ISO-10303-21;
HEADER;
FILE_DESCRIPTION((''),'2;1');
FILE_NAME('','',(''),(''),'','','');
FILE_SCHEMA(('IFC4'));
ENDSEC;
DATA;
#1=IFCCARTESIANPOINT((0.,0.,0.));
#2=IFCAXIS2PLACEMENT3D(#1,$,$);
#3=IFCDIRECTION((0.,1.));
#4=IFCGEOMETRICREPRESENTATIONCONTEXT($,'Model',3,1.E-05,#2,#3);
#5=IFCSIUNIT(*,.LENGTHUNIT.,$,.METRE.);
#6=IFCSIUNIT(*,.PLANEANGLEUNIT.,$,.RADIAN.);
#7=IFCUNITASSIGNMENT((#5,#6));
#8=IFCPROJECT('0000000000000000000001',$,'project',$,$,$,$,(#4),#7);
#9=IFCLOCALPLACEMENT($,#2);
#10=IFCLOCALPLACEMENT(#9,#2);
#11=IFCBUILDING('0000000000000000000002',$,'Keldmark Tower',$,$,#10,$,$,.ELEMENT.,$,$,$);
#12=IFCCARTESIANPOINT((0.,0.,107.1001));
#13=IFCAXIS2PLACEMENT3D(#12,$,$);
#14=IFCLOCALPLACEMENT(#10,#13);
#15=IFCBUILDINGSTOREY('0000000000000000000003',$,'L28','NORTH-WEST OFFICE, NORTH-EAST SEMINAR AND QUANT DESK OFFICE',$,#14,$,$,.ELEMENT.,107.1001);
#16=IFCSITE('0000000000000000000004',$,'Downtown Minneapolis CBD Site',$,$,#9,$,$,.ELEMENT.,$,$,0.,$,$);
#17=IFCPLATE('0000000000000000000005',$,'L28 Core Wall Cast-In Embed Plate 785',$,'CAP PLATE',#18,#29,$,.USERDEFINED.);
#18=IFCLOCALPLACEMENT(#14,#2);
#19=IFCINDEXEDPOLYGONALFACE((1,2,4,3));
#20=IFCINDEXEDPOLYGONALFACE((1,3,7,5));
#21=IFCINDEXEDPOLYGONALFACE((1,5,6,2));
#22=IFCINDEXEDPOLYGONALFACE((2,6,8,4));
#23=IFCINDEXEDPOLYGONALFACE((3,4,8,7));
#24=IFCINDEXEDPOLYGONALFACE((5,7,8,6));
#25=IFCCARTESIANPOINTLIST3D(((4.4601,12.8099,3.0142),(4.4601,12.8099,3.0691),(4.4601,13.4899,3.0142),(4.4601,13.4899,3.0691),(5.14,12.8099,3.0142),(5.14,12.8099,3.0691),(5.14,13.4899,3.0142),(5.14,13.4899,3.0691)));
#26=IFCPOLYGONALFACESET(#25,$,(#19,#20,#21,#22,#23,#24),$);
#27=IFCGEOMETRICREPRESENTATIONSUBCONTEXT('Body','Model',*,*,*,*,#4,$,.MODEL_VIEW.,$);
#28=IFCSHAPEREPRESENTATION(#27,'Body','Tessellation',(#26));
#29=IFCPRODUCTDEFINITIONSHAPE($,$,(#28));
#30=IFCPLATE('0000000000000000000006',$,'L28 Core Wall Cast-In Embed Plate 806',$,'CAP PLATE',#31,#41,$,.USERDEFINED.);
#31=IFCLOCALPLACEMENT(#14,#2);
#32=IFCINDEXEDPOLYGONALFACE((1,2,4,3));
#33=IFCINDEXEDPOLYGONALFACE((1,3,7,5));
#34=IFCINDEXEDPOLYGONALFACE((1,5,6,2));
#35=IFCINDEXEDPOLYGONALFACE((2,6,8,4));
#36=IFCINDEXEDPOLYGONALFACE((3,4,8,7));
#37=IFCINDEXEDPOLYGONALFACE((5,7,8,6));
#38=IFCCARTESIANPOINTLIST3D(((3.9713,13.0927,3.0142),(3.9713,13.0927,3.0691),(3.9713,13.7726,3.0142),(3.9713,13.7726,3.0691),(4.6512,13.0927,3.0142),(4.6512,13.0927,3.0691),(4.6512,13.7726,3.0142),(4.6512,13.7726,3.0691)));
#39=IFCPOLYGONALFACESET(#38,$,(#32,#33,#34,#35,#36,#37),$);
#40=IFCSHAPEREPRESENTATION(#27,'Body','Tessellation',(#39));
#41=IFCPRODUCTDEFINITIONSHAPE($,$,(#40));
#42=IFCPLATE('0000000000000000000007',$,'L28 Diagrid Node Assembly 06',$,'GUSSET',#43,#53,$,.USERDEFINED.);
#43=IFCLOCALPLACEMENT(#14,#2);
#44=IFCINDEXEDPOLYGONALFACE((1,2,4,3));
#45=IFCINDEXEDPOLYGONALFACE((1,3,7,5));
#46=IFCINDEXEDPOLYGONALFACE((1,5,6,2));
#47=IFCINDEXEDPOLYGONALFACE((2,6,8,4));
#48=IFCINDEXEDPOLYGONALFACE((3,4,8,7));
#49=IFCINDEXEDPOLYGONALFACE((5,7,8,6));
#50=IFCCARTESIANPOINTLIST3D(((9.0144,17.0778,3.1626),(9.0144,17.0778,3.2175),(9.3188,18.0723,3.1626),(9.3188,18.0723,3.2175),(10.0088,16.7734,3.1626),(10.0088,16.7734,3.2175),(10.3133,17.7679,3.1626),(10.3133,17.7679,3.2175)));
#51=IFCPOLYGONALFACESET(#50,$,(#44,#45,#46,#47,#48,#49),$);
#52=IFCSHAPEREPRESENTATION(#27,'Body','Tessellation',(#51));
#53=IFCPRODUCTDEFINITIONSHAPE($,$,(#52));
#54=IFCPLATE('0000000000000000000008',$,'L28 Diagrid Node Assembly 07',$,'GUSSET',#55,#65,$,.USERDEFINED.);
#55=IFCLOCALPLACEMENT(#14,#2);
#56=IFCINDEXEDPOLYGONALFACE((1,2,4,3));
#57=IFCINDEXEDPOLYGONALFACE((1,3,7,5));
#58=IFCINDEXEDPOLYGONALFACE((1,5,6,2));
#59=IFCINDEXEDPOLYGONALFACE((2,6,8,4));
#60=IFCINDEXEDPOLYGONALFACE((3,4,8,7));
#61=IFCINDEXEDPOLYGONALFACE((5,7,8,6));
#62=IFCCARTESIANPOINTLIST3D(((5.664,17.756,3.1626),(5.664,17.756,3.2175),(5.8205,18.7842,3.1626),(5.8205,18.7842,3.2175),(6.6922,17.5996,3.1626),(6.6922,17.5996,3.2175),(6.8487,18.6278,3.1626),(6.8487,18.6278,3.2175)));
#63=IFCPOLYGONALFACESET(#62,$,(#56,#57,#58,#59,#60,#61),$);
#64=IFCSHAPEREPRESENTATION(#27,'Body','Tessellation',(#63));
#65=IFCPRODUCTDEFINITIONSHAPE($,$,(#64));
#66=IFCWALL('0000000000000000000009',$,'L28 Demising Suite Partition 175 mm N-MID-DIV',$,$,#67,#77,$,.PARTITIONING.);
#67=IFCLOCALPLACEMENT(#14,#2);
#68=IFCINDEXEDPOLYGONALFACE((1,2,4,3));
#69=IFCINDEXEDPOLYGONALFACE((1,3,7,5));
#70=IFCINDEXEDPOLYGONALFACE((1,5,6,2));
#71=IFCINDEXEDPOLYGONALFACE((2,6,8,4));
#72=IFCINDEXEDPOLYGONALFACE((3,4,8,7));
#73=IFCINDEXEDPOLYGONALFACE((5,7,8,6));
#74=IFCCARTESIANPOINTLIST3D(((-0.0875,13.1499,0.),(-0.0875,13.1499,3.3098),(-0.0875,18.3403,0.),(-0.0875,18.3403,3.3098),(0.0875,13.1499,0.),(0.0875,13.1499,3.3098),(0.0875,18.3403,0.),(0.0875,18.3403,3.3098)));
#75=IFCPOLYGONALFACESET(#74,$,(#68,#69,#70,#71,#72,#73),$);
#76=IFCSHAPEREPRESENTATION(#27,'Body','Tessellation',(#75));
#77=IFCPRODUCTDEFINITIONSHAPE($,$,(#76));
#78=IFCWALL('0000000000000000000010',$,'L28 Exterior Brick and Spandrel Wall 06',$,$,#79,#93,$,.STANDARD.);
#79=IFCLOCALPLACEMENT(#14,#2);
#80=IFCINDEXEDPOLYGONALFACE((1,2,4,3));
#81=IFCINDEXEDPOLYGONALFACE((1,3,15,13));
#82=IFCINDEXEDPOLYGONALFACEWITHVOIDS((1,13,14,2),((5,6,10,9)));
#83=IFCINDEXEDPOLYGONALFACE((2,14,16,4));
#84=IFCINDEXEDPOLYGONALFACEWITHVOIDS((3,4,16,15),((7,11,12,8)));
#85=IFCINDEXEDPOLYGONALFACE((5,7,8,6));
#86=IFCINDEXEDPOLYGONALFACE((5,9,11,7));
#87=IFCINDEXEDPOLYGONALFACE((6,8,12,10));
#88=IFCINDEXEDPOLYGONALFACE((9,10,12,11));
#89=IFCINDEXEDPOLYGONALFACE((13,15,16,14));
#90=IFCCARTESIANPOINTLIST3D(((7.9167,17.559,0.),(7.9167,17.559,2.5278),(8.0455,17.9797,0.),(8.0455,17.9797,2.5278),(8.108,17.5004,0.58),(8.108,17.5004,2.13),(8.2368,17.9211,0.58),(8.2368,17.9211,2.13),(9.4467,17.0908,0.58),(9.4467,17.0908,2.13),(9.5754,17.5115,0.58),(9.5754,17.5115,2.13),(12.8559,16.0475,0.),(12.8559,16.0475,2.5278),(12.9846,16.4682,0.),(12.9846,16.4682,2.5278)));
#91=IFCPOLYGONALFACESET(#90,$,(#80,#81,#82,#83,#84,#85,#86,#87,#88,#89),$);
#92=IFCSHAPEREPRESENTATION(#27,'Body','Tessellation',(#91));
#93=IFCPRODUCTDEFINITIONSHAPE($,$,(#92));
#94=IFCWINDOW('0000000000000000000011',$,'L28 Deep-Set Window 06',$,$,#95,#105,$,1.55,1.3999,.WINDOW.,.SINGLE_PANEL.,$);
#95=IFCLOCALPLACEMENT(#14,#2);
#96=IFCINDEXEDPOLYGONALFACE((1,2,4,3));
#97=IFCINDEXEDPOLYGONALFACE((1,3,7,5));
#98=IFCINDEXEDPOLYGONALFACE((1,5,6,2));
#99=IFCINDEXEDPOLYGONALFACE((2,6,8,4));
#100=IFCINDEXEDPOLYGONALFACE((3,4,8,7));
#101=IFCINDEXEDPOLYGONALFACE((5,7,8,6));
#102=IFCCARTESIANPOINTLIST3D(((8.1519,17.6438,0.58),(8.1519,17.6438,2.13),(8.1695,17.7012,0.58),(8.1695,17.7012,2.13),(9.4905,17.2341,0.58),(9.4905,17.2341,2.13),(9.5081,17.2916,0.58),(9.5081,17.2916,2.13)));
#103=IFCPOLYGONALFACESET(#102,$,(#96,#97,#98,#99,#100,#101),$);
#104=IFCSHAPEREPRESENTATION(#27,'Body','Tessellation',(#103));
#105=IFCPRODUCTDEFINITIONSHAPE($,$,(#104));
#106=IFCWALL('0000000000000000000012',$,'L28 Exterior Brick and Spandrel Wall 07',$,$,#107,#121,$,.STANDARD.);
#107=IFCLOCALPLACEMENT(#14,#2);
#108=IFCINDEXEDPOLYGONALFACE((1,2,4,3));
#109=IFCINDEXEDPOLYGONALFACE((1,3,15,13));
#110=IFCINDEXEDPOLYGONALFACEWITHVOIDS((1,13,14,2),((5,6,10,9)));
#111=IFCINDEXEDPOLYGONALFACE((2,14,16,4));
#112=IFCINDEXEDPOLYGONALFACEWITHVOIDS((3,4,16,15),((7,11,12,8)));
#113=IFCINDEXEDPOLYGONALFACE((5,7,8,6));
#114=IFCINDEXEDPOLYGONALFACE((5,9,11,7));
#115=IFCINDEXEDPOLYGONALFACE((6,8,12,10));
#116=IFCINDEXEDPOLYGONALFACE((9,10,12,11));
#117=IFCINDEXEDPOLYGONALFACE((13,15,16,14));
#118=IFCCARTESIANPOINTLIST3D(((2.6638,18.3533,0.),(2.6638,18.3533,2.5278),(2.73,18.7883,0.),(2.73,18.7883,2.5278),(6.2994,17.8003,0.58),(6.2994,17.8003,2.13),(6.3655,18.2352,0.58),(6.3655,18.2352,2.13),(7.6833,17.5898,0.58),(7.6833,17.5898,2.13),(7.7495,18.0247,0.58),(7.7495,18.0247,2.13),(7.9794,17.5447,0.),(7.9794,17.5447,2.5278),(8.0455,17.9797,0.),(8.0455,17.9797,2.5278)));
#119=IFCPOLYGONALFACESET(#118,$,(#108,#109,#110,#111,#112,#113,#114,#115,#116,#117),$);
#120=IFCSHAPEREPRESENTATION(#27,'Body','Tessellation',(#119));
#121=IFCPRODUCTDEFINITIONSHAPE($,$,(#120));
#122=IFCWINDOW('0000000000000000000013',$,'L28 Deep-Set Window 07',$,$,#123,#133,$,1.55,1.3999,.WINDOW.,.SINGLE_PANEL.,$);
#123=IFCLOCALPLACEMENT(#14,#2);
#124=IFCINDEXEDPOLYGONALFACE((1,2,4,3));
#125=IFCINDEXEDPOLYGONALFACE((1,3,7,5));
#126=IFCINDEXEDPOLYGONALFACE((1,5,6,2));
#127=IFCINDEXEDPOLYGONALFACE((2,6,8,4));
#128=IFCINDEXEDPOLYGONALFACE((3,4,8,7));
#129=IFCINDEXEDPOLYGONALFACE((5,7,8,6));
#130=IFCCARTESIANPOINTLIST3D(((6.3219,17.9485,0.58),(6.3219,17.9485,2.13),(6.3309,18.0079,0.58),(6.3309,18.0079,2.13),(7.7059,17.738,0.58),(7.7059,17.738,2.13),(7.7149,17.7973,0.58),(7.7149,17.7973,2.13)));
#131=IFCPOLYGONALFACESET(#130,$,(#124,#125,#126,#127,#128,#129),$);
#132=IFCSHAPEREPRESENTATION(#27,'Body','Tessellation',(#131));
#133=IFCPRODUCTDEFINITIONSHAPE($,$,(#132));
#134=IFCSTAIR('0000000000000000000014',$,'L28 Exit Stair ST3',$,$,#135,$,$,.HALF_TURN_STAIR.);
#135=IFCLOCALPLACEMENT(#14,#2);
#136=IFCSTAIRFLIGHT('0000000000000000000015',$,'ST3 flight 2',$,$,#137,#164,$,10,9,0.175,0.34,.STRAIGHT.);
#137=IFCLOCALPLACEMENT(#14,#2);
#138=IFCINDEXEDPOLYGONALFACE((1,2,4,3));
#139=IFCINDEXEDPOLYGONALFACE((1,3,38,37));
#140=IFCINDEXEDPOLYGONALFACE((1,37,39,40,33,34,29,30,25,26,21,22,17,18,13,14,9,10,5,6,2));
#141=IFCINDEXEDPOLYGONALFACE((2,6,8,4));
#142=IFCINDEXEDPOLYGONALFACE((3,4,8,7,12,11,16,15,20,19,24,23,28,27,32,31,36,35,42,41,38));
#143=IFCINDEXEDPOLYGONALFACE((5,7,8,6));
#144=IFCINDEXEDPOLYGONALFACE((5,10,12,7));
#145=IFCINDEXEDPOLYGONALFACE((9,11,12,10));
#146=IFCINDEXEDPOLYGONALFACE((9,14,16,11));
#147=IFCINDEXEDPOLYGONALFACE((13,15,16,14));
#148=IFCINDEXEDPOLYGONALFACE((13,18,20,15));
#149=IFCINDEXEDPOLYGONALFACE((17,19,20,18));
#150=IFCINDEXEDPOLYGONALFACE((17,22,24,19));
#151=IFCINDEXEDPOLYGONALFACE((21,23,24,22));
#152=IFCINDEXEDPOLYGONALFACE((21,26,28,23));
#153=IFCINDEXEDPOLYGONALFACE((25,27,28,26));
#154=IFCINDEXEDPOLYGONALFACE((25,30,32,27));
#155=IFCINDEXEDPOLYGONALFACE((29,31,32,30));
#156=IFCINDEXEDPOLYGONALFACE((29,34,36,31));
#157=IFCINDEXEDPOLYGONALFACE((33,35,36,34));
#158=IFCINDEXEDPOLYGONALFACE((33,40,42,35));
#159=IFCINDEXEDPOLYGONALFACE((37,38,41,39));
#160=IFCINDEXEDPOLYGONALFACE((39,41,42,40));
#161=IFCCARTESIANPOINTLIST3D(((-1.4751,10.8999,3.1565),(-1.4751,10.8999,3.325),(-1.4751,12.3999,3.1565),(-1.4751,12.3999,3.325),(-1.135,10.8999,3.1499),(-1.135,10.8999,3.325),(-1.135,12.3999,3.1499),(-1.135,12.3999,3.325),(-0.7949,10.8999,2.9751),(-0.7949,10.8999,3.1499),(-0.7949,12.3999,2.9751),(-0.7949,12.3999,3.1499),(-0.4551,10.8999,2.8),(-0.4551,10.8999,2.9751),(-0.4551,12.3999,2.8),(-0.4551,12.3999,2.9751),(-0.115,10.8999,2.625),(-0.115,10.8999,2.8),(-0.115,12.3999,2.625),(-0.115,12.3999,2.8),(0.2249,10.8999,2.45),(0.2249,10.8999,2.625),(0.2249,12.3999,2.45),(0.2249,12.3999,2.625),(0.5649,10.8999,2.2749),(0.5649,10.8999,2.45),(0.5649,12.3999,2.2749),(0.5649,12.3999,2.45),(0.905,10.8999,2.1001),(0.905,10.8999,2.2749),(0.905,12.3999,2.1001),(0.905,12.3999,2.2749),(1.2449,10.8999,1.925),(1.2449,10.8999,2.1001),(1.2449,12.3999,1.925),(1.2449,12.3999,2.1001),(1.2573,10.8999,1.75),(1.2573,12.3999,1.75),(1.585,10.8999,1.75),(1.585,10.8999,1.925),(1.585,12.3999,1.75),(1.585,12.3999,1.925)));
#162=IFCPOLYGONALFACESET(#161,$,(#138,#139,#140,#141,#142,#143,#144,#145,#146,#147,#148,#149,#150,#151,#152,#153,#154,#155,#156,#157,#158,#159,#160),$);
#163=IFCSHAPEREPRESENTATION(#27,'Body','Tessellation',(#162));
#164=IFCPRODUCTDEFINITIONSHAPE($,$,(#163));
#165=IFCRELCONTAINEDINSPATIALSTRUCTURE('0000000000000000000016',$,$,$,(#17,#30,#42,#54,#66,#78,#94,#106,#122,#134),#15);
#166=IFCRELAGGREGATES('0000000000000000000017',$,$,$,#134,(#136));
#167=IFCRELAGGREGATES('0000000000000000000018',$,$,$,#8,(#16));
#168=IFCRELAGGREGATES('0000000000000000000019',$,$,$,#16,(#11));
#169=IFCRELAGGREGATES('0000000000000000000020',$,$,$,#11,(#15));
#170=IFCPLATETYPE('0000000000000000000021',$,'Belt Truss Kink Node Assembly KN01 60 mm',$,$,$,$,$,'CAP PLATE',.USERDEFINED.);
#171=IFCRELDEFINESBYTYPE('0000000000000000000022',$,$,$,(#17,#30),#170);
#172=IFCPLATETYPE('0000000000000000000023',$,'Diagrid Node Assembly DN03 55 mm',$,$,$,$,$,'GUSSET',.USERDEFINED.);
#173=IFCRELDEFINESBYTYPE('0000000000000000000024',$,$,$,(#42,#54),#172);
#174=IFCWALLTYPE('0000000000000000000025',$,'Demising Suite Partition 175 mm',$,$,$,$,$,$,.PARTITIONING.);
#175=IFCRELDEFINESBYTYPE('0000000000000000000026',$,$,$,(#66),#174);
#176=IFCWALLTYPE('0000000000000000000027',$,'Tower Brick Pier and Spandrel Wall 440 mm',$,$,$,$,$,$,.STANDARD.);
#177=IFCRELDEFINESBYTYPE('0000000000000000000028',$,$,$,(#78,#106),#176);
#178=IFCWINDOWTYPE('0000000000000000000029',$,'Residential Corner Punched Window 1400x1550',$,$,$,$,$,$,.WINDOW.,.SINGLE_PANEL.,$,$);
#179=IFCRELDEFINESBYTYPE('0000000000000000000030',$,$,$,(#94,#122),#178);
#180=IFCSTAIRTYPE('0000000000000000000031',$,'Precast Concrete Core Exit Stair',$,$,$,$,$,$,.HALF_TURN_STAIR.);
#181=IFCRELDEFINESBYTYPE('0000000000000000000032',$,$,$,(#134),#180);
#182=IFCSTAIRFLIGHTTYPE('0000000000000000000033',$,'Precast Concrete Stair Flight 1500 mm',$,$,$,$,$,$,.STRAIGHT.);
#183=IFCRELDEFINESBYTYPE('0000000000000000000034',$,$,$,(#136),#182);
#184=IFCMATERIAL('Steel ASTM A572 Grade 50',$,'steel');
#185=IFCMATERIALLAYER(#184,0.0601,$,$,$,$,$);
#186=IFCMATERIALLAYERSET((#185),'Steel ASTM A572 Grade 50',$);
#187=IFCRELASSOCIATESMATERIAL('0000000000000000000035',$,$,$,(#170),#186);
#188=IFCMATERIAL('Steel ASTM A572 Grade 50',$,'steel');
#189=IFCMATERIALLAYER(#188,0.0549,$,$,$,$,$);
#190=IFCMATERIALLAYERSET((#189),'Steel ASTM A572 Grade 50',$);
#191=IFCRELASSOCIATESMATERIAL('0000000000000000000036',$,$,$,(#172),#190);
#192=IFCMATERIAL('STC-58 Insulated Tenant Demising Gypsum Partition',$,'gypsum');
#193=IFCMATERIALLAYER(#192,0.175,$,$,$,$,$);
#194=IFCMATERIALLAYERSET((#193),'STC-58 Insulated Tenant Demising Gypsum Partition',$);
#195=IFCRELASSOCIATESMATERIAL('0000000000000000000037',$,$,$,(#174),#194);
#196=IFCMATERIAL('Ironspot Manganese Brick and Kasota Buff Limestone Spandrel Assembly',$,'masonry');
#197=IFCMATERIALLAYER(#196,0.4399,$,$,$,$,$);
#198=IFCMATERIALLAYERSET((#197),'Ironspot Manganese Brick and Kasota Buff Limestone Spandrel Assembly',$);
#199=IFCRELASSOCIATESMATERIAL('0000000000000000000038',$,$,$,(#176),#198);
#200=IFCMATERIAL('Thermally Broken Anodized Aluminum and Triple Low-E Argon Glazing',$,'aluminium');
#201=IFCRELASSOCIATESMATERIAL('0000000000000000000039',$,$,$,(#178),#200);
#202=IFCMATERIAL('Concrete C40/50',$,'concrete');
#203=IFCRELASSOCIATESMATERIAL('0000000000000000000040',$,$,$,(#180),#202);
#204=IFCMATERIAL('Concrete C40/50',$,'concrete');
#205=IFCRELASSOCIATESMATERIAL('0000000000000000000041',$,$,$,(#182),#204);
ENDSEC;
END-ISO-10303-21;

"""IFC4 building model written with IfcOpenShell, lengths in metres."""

from ifc_helpers import new_model, si_unit, direction, frame, frame_2d, origin, origin_2d, place, context, subcontext, project, spatial, polyline, rectangle, outline, extrude, material, layer, layer_set, type_object, element, fill, aggregate, save


model = new_model("IFC4")

# Units and contexts
model_context = context("Model", 3, precision=1e-05, world=origin(), true_north=direction((0.0, 1.0)))
body_context = subcontext(model_context, "Body", "Model", "MODEL_VIEW")
ifc_project = project(units=[si_unit("LENGTHUNIT", "METRE"), si_unit("PLANEANGLEUNIT", "RADIAN")], contexts=[model_context])

# Site, building, storey
site_placement = place(None, origin())
site = spatial("IfcSite", under=ifc_project, at=site_placement, Name="Downtown Minneapolis CBD Site", CompositionType="ELEMENT", RefElevation=0.0)
building_placement = place(site_placement, origin())
building = spatial("IfcBuilding", under=site, at=building_placement, Name="Keldmark Tower", CompositionType="ELEMENT")
storey_placement = place(building_placement, frame((0.0, 0.0, 107.1001)))
storey = spatial("IfcBuildingStorey", under=building, at=storey_placement, Name="L28", Description="NORTH-WEST OFFICE, NORTH-EAST SEMINAR AND QUANT DESK OFFICE", CompositionType="ELEMENT", Elevation=107.1001)

# Plates
ifc_material_1 = material(Name="Steel ASTM A572 Grade 50", Category="steel")
ifc_layer_1 = layer(ifc_material_1, 0.0601)
ifc_layer_set_1 = layer_set([ifc_layer_1], Name="Steel ASTM A572 Grade 50")
plate_type_1 = type_object("IfcPlateType", Name="Belt Truss Kink Node Assembly KN01 60 mm", ElementType="CAP PLATE", PredefinedType="USERDEFINED", material=ifc_layer_set_1)
for number, where, z_axis, x_axis, name in (
    (1, (4.8, 13.1499, 3.0142), (0.0, 0.0, 1.0), (1.0, 0.0, 0.0), "L28 Core Wall Cast-In Embed Plate 785"),
    (2, (4.3113, 13.4326, 3.0142), (0.0, 0.0, 1.0), (1.0, 0.0, 0.0), "L28 Core Wall Cast-In Embed Plate 806"),
):
    element("IfcPlate", number, at=place(storey_placement, frame(where, z_axis=z_axis, x_axis=x_axis)), inside=storey, type_object=plate_type_1, Name=name, ObjectType="CAP PLATE", PredefinedType="USERDEFINED", context=body_context, shape_type="SweptSolid", body=[
        extrude(rectangle(XDim=0.6799, YDim=0.6799, at=origin_2d()), origin(), (0.0, 0.0, 1.0), 0.0549),
    ])
ifc_material_2 = material(Name="Steel ASTM A572 Grade 50", Category="steel")
ifc_layer_2 = layer(ifc_material_2, 0.0549)
ifc_layer_set_2 = layer_set([ifc_layer_2], Name="Steel ASTM A572 Grade 50")
plate_type_2 = type_object("IfcPlateType", Name="Diagrid Node Assembly DN03 55 mm", ElementType="GUSSET", PredefinedType="USERDEFINED", material=ifc_layer_set_2)
for number, where, z_axis, x_axis, name in (
    (3, (9.6638, 17.4229, 3.1626), (0.0, 0.0, 1.0), (-0.956203, 0.292706, 0.0), "L28 Diagrid Node Assembly 06"),
    (4, (6.2563, 18.1919, 3.1626), (0.0, 0.0, 1.0), (-0.988626, 0.150398, 0.0), "L28 Diagrid Node Assembly 07"),
):
    element("IfcPlate", number, at=place(storey_placement, frame(where, z_axis=z_axis, x_axis=x_axis)), inside=storey, type_object=plate_type_2, Name=name, ObjectType="GUSSET", PredefinedType="USERDEFINED", context=body_context, shape_type="SweptSolid", body=[
        extrude(rectangle(XDim=1.04, YDim=1.04, at=origin_2d()), origin(), (0.0, 0.0, 1.0), 0.0549),
    ])

# Wall
ifc_material_3 = material(Name="STC-58 Insulated Tenant Demising Gypsum Partition", Category="gypsum")
ifc_layer_3 = layer(ifc_material_3, 0.175)
ifc_layer_set_3 = layer_set([ifc_layer_3], Name="STC-58 Insulated Tenant Demising Gypsum Partition")
wall_type_1 = type_object("IfcWallType", Name="Demising Suite Partition 175 mm", PredefinedType="PARTITIONING", material=ifc_layer_set_3)
wall_1_placement = place(storey_placement, frame((0.0, 13.1499, 0.0), z_axis=(0.0, 0.0, 1.0), x_axis=(0.0, 1.0, 0.0)))
element("IfcWall", 5, at=wall_1_placement, inside=storey, type_object=wall_type_1, Name="L28 Demising Suite Partition 175 mm N-MID-DIV", PredefinedType="PARTITIONING", context=body_context, shape_type="SweptSolid", body=[
    extrude(rectangle(XDim=5.1904, YDim=0.175, at=frame_2d((2.5952, 0.0))), origin(), (0.0, 0.0, 1.0), 3.3098),
])

# Walls, openings, windows
ifc_material_4 = material(Name="Ironspot Manganese Brick and Kasota Buff Limestone Spandrel Assembly", Category="masonry")
ifc_layer_4 = layer(ifc_material_4, 0.4399)
ifc_layer_set_4 = layer_set([ifc_layer_4], Name="Ironspot Manganese Brick and Kasota Buff Limestone Spandrel Assembly")
wall_type_2 = type_object("IfcWallType", Name="Tower Brick Pier and Spandrel Wall 440 mm", PredefinedType="STANDARD", material=ifc_layer_set_4)
wall_2_placement = place(storey_placement, frame((7.9812, 17.7693, 0.0), z_axis=(0.0, 0.0, 1.0), x_axis=(0.956229, -0.292621, 0.0)))
wall_2 = element("IfcWall", 6, at=wall_2_placement, inside=storey, type_object=wall_type_2, Name="L28 Exterior Brick and Spandrel Wall 06", PredefinedType="STANDARD", context=body_context, shape_type="SweptSolid", body=[
    extrude(rectangle(XDim=5.1653, YDim=0.4399, at=frame_2d((2.5825, 0.0))), origin(), (0.0, 0.0, 1.0), 2.5278),
])
opening_1_placement = place(wall_2_placement, frame((0.2, 0.0, 0.5801)))
opening_1 = element("IfcOpeningElement", 7, at=opening_1_placement, cuts=wall_2, PredefinedType="OPENING", context=body_context, shape_type="SweptSolid", body=[
    extrude(rectangle(XDim=1.3999, YDim=1.55, at=frame_2d((0.7, 0.7749))), frame((0.0, 0.23, 0.0), z_axis=(0.0, -1.0, 0.0), x_axis=(1.0, 0.0, 0.0)), (0.0, 0.0, 1.0), 0.46),
])
ifc_material_5 = material(Name="Thermally Broken Anodized Aluminum and Triple Low-E Argon Glazing", Category="aluminium")
window_type = type_object("IfcWindowType", Name="Residential Corner Punched Window 1400x1550", PartitioningType="SINGLE_PANEL", PredefinedType="WINDOW", material=ifc_material_5)
window_1_placement = place(opening_1_placement, origin())
window_1 = element("IfcWindow", 8, at=window_1_placement, inside=storey, type_object=window_type, Name="L28 Deep-Set Window 06", OverallHeight=1.55, OverallWidth=1.3999, PartitioningType="SINGLE_PANEL", PredefinedType="WINDOW", context=body_context, shape_type="SweptSolid", body=[
    extrude(rectangle(XDim=1.3999, YDim=1.55, at=frame_2d((0.7, 0.7749))), frame((0.0, -0.01, 0.0), z_axis=(0.0, -1.0, 0.0), x_axis=(1.0, 0.0, 0.0)), (0.0, 0.0, 1.0), 0.0601),
])
fill(opening_1, window_1)
wall_3_placement = place(storey_placement, frame((2.6968, 18.5708, 0.0), z_axis=(0.0, 0.0, 1.0), x_axis=(0.988627, -0.150385, 0.0)))
wall_3 = element("IfcWall", 9, at=wall_3_placement, inside=storey, type_object=wall_type_2, Name="L28 Exterior Brick and Spandrel Wall 07", PredefinedType="STANDARD", context=body_context, shape_type="SweptSolid", body=[
    extrude(rectangle(XDim=5.3767, YDim=0.4399, at=frame_2d((2.6885, 0.0))), origin(), (0.0, 0.0, 1.0), 2.5278),
])
opening_2_placement = place(wall_3_placement, frame((3.6775, 0.0, 0.5801)))
opening_2 = element("IfcOpeningElement", 10, at=opening_2_placement, cuts=wall_3, PredefinedType="OPENING", context=body_context, shape_type="SweptSolid", body=[
    extrude(rectangle(XDim=1.3999, YDim=1.55, at=frame_2d((0.7, 0.7749))), frame((0.0, 0.23, 0.0), z_axis=(0.0, -1.0, 0.0), x_axis=(1.0, 0.0, 0.0)), (0.0, 0.0, 1.0), 0.46),
])
window_2_placement = place(opening_2_placement, origin())
window_2 = element("IfcWindow", 11, at=window_2_placement, inside=storey, type_object=window_type, Name="L28 Deep-Set Window 07", OverallHeight=1.55, OverallWidth=1.3999, PartitioningType="SINGLE_PANEL", PredefinedType="WINDOW", context=body_context, shape_type="SweptSolid", body=[
    extrude(rectangle(XDim=1.3999, YDim=1.55, at=frame_2d((0.7, 0.7749))), frame((0.0, -0.01, 0.0), z_axis=(0.0, -1.0, 0.0), x_axis=(1.0, 0.0, 0.0)), (0.0, 0.0, 1.0), 0.0601),
])
fill(opening_2, window_2)

# Stair, stair flight
ifc_material_6 = material(Name="Concrete C40/50", Category="concrete")
stair_type = type_object("IfcStairType", Name="Precast Concrete Core Exit Stair", PredefinedType="HALF_TURN_STAIR", material=ifc_material_6)
stair_placement = place(storey_placement, origin())
stair = element("IfcStair", 12, at=stair_placement, inside=storey, type_object=stair_type, Name="L28 Exit Stair ST3", PredefinedType="HALF_TURN_STAIR")
ifc_material_7 = material(Name="Concrete C40/50", Category="concrete")
stair_flight_type = type_object("IfcStairFlightType", Name="Precast Concrete Stair Flight 1500 mm", PredefinedType="STRAIGHT", material=ifc_material_7)
stair_flight_placement = place(storey_placement, frame((1.585, 11.6499, 1.75), z_axis=(0.0, 0.0, 1.0), x_axis=(-1.0, 0.0, 0.0)))
stair_flight = element("IfcStairFlight", 13, at=stair_flight_placement, type_object=stair_flight_type, Name="ST3 flight 2", NumberOfRisers=10, NumberOfTreads=9, PredefinedType="STRAIGHT", RiserHeight=0.175, TreadLength=0.34, context=body_context, shape_type="SweptSolid", body=[
    extrude(outline(polyline([(0.0, 0.0), (0.0, 0.175), (0.3401, 0.175), (0.3401, 0.3501), (0.6799, 0.3501), (0.6799, 0.5249), (1.02, 0.5249), (1.02, 0.7), (1.3601, 0.7), (1.3601, 0.875), (1.7, 0.875), (1.7, 1.05), (2.04, 1.05), (2.04, 1.2251), (2.3799, 1.2251), (2.3799, 1.3999), (2.72, 1.3999), (2.72, 1.575), (3.0601, 1.575), (3.0601, 1.75), (3.0601, 1.4065), (0.3276, 0.0), (0.0, 0.0)])), frame((0.0, 0.75, 0.0), z_axis=(0.0, -1.0, 0.0), x_axis=(1.0, 0.0, 0.0)), (0.0, 0.0, 1.0), 1.5),
])
aggregate(stair, [stair_flight])

save(model, "model.ifc")
